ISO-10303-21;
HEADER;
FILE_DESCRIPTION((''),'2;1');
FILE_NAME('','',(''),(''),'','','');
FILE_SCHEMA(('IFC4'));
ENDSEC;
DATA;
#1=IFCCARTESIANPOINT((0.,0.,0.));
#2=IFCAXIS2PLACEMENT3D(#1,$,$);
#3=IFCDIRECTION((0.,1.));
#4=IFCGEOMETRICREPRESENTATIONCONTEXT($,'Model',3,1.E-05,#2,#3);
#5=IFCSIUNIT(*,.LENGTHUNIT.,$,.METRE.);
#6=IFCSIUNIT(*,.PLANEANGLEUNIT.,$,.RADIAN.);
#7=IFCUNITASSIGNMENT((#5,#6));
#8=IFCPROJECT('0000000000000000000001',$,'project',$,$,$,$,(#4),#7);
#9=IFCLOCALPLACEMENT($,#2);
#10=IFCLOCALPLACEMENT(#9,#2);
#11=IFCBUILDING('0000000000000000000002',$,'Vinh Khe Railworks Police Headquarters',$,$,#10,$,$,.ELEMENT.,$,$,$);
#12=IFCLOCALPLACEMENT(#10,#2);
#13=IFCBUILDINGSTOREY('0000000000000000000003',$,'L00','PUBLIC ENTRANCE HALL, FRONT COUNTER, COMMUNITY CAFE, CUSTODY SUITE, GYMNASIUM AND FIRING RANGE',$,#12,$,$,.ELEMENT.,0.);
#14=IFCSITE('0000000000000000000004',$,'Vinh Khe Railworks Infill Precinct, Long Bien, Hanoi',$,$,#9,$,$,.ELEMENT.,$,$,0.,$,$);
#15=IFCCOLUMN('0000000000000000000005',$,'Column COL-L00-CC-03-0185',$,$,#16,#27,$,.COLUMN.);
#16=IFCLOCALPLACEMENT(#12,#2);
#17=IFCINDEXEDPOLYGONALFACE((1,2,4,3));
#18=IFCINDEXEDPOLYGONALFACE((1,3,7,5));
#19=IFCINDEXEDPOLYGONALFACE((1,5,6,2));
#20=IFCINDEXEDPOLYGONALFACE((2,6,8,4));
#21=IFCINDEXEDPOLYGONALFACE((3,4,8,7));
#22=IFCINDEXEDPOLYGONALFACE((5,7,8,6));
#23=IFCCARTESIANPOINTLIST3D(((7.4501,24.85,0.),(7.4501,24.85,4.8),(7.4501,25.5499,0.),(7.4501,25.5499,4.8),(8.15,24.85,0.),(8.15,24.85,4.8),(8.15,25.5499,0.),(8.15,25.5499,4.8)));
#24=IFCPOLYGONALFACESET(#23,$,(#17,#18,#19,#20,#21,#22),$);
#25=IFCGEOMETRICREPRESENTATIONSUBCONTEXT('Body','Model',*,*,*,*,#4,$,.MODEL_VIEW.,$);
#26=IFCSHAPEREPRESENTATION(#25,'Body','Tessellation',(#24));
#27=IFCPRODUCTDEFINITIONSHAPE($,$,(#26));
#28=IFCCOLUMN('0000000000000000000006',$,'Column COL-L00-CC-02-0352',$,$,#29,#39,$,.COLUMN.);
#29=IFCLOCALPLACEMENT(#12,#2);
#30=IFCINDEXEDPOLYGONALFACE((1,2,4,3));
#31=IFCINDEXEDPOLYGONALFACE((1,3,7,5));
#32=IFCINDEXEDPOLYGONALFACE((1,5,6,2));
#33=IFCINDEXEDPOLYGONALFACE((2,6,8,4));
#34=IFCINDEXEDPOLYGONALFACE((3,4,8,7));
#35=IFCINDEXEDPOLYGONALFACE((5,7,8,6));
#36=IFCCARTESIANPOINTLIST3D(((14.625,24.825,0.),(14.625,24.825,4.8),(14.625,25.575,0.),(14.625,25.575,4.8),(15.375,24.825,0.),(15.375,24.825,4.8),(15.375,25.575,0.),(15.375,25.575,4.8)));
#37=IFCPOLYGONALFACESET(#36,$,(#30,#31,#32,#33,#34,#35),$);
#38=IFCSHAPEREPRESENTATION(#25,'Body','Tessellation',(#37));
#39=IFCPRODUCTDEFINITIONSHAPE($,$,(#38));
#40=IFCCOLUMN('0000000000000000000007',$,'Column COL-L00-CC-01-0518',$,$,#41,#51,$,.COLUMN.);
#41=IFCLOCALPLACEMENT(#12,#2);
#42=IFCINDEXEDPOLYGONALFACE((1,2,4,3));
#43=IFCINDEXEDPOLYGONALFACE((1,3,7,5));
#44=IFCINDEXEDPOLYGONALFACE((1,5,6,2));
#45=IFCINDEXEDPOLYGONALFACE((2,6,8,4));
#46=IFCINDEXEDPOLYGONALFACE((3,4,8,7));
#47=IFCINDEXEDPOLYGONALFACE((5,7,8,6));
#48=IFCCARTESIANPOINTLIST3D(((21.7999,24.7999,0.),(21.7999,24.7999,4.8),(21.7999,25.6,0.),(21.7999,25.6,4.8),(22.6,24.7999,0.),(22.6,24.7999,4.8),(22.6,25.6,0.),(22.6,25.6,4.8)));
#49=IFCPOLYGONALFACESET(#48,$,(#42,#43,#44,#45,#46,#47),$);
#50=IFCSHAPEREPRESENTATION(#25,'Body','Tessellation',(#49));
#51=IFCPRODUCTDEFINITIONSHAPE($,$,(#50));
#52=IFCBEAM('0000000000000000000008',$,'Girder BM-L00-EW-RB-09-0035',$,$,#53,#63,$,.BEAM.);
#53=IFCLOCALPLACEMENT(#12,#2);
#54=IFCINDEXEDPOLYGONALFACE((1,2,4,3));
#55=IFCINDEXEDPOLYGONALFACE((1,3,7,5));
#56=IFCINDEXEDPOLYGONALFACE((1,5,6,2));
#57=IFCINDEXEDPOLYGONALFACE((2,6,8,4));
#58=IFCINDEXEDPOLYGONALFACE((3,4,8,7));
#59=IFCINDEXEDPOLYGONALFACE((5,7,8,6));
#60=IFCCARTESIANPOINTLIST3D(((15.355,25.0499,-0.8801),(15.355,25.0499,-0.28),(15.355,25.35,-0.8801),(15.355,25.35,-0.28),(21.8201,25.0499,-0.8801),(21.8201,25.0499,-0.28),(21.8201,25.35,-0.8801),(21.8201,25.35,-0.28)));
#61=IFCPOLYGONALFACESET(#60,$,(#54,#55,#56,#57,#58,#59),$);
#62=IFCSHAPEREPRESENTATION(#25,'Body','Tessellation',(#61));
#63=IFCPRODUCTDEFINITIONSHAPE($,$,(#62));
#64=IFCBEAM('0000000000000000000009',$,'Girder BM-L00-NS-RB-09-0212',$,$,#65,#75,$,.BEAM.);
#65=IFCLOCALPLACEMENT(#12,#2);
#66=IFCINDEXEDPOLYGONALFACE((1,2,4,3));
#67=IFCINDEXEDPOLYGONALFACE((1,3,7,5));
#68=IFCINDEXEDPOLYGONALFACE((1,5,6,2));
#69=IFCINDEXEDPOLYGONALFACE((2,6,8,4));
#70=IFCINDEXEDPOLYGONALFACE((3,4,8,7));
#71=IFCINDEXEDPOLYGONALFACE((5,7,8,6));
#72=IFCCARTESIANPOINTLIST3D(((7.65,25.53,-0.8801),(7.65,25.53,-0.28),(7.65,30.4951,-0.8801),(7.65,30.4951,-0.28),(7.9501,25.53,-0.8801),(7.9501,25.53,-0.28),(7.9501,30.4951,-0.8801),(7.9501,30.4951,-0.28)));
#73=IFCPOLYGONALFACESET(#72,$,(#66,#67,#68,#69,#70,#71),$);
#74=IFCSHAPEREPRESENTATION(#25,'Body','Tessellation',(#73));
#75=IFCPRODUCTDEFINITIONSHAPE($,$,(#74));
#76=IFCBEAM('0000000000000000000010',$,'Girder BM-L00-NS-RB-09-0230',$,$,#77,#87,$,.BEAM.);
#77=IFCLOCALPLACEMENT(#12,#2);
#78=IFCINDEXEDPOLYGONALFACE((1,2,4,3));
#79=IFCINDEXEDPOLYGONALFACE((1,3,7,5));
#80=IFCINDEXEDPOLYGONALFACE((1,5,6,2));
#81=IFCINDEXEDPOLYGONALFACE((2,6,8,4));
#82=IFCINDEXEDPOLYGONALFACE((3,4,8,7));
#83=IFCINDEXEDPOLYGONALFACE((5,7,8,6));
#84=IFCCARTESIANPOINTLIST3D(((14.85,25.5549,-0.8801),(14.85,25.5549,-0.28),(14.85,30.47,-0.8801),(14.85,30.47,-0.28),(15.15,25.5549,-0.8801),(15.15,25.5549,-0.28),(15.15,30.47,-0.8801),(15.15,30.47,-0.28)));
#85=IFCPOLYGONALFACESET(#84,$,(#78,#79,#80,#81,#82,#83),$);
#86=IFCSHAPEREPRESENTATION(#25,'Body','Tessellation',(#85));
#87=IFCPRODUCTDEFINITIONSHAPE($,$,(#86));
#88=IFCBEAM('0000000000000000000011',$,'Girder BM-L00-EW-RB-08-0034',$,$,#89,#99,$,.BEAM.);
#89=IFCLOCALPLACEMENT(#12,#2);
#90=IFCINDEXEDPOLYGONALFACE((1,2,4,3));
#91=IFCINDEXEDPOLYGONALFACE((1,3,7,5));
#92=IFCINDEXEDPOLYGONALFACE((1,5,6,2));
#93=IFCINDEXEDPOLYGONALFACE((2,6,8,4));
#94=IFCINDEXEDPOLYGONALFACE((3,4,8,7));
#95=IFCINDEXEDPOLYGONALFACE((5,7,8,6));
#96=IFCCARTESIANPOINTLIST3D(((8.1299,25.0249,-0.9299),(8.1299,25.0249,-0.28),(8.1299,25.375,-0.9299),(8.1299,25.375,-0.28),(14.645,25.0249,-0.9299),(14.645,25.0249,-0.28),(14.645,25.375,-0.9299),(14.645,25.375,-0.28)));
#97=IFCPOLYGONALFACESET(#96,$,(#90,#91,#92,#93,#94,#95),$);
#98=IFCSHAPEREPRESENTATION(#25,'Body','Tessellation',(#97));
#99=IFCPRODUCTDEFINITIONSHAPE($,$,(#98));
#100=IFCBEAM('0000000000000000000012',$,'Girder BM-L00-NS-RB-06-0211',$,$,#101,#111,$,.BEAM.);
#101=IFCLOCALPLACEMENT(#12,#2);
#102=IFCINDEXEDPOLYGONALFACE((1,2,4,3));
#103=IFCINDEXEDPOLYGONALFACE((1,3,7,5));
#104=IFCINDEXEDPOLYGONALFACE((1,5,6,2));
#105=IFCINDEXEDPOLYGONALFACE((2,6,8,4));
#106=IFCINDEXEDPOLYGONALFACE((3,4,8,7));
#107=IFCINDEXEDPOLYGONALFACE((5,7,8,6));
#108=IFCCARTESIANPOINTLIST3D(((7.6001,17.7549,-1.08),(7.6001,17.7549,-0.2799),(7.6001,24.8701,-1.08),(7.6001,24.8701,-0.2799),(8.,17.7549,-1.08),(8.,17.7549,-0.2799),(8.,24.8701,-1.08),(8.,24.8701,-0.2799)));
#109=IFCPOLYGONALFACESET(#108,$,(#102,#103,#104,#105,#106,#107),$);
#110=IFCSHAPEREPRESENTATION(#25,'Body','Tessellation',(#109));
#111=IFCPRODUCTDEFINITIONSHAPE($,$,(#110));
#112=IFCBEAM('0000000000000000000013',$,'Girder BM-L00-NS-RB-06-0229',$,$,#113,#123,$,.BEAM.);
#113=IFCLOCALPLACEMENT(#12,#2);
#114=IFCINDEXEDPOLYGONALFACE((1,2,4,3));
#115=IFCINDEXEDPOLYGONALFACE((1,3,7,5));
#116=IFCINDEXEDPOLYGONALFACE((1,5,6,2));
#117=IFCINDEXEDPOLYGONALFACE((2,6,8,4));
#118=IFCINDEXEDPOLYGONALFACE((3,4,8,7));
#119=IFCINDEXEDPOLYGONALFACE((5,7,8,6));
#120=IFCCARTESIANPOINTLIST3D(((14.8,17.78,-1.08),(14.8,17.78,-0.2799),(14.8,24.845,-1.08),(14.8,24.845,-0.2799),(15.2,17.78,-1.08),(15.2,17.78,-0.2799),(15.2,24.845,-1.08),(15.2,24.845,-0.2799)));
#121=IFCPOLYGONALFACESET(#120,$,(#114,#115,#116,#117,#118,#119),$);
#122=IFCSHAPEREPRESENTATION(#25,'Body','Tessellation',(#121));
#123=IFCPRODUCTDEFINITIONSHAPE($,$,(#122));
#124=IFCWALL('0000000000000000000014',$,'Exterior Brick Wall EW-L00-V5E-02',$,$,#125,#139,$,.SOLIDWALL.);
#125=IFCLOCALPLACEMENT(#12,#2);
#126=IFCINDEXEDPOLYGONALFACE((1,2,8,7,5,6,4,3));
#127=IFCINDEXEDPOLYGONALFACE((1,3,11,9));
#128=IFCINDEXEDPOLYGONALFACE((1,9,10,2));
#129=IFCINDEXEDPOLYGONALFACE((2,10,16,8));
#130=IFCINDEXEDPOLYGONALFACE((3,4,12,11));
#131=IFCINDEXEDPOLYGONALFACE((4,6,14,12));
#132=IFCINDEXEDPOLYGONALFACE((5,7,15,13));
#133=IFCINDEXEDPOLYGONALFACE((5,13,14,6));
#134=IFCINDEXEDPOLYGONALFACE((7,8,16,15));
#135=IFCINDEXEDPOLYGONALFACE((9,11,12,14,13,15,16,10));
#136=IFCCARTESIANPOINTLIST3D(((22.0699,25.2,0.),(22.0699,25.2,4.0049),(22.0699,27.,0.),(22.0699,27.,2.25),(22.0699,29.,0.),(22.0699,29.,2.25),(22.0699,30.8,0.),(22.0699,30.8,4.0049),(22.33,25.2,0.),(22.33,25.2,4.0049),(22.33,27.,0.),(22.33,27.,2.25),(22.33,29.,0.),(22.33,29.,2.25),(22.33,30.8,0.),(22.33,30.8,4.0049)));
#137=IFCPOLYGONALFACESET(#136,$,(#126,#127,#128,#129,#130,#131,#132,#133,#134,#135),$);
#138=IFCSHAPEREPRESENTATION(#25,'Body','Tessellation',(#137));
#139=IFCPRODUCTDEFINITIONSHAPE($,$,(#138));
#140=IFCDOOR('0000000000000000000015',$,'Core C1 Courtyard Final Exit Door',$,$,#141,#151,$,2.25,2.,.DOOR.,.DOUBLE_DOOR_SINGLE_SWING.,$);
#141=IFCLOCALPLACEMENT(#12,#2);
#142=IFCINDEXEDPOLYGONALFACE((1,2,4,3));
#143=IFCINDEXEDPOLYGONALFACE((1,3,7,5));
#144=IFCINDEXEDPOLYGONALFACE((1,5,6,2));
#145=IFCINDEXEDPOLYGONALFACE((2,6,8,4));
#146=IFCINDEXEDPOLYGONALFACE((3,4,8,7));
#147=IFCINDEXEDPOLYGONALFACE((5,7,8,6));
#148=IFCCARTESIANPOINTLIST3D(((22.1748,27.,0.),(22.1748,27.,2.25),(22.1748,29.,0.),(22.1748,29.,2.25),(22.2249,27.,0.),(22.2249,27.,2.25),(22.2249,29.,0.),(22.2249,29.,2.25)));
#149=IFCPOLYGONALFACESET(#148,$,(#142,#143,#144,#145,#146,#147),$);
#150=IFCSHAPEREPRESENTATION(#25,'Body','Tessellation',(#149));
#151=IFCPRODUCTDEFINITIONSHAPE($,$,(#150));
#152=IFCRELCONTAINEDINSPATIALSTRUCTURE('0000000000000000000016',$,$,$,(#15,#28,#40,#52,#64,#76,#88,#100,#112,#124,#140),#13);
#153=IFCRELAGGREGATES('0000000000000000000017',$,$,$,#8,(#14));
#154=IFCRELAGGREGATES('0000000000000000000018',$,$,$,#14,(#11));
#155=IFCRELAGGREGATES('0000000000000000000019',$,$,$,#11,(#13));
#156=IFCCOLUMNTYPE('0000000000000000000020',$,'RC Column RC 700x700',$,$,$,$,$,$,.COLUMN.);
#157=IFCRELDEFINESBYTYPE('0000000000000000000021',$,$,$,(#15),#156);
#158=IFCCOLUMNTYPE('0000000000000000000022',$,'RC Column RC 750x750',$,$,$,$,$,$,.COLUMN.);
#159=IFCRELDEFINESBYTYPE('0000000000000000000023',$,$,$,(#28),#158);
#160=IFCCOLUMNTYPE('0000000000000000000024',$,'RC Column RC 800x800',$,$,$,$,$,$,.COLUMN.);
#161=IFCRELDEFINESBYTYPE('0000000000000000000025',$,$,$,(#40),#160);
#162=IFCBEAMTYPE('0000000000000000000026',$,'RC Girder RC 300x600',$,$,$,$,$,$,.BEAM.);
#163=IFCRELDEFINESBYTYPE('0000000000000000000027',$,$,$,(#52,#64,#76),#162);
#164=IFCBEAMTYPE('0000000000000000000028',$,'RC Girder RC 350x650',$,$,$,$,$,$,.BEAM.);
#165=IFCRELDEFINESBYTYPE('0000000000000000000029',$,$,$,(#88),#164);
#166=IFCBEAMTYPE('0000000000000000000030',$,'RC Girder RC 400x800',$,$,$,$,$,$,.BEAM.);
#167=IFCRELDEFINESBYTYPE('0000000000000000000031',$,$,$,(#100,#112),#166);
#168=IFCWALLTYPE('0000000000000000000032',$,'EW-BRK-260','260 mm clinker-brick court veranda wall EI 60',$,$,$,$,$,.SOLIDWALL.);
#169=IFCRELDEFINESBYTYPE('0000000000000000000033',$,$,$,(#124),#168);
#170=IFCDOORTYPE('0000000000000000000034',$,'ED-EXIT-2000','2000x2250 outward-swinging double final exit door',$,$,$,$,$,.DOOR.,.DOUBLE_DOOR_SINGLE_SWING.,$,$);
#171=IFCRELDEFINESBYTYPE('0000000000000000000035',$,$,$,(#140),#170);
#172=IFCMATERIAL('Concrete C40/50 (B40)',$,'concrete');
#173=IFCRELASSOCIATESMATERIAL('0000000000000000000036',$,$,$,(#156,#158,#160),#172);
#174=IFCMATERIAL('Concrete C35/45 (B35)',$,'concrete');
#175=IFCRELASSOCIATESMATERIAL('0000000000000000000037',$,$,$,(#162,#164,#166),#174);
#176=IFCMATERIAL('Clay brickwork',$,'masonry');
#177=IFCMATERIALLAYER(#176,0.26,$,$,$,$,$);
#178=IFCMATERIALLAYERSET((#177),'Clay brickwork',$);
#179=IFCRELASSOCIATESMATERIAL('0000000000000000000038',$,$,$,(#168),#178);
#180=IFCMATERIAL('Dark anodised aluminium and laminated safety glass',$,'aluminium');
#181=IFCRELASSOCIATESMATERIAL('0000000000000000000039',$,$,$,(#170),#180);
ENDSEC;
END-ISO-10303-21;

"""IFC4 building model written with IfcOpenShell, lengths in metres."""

from ifc_helpers import new_model, si_unit, direction, frame, frame_2d, origin, origin_2d, place, context, subcontext, project, spatial, rectangle, extrude, material, layer, layer_set, material_profile, profile_set, type_object, element, fill, save


model = new_model("IFC4")

# Units and contexts
model_context = context("Model", 3, precision=1e-05, world=origin(), true_north=direction((0.0, 1.0)))
body_context = subcontext(model_context, "Body", "Model", "MODEL_VIEW")
ifc_project = project(units=[si_unit("LENGTHUNIT", "METRE"), si_unit("PLANEANGLEUNIT", "RADIAN")], contexts=[model_context])

# Site, building, storey
site_placement = place(None, origin())
site = spatial("IfcSite", under=ifc_project, at=site_placement, Name="Vinh Khe Railworks Infill Precinct, Long Bien, Hanoi", CompositionType="ELEMENT", RefElevation=0.0)
building_placement = place(site_placement, origin())
building = spatial("IfcBuilding", under=site, at=building_placement, Name="Vinh Khe Railworks Police Headquarters", CompositionType="ELEMENT")
storey_placement = place(building_placement, origin())
storey = spatial("IfcBuildingStorey", under=building, at=storey_placement, Name="L00", Description="PUBLIC ENTRANCE HALL, FRONT COUNTER, COMMUNITY CAFE, CUSTODY SUITE, GYMNASIUM AND FIRING RANGE", CompositionType="ELEMENT", Elevation=0.0)

# Columns
ifc_material_1 = material(Name="Concrete C40/50 (B40)", Category="concrete")
ifc_material_profile_1 = material_profile(ifc_material_1, rectangle(XDim=0.7, YDim=0.7, at=origin_2d()), Name="RC 700x700")
ifc_profile_set_1 = profile_set([ifc_material_profile_1], Name="Concrete C40/50 (B40)")
column_type_1 = type_object("IfcColumnType", Name="RC Column RC 700x700", PredefinedType="COLUMN", material=ifc_profile_set_1)
column_1_placement = place(storey_placement, frame((7.8, 25.2, 0.0), z_axis=(0.0, 0.0, 1.0), x_axis=(1.0, 0.0, 0.0)))
element("IfcColumn", 1, at=column_1_placement, inside=storey, type_object=column_type_1, Name="Column COL-L00-CC-03-0185", PredefinedType="COLUMN", context=body_context, shape_type="SweptSolid", body=[
    extrude(rectangle(XDim=0.7, YDim=0.7, at=origin_2d()), origin(), (0.0, 0.0, 1.0), 4.8),
])
ifc_material_profile_2 = material_profile(ifc_material_1, rectangle(XDim=0.75, YDim=0.75, at=origin_2d()), Name="RC 750x750")
ifc_profile_set_2 = profile_set([ifc_material_profile_2], Name="Concrete C40/50 (B40)")
column_type_2 = type_object("IfcColumnType", Name="RC Column RC 750x750", PredefinedType="COLUMN", material=ifc_profile_set_2)
column_2_placement = place(storey_placement, frame((15.0, 25.2, 0.0), z_axis=(0.0, 0.0, 1.0), x_axis=(1.0, 0.0, 0.0)))
element("IfcColumn", 2, at=column_2_placement, inside=storey, type_object=column_type_2, Name="Column COL-L00-CC-02-0352", PredefinedType="COLUMN", context=body_context, shape_type="SweptSolid", body=[
    extrude(rectangle(XDim=0.75, YDim=0.75, at=origin_2d()), origin(), (0.0, 0.0, 1.0), 4.8),
])
ifc_material_profile_3 = material_profile(ifc_material_1, rectangle(XDim=0.8, YDim=0.8, at=origin_2d()), Name="RC 800x800")
ifc_profile_set_3 = profile_set([ifc_material_profile_3], Name="Concrete C40/50 (B40)")
column_type_3 = type_object("IfcColumnType", Name="RC Column RC 800x800", PredefinedType="COLUMN", material=ifc_profile_set_3)
column_3_placement = place(storey_placement, frame((22.2, 25.2, 0.0), z_axis=(0.0, 0.0, 1.0), x_axis=(1.0, 0.0, 0.0)))
element("IfcColumn", 3, at=column_3_placement, inside=storey, type_object=column_type_3, Name="Column COL-L00-CC-01-0518", PredefinedType="COLUMN", context=body_context, shape_type="SweptSolid", body=[
    extrude(rectangle(XDim=0.8, YDim=0.8, at=origin_2d()), origin(), (0.0, 0.0, 1.0), 4.8),
])

# Beams
ifc_material_2 = material(Name="Concrete C35/45 (B35)", Category="concrete")
ifc_material_profile_4 = material_profile(ifc_material_2, rectangle(XDim=0.3, YDim=0.6001, at=origin_2d()), Name="RC 300x600")
ifc_profile_set_4 = profile_set([ifc_material_profile_4], Name="Concrete C35/45 (B35)")
beam_type_1 = type_object("IfcBeamType", Name="RC Girder RC 300x600", PredefinedType="BEAM", material=ifc_profile_set_4)
beam_1_placement = place(storey_placement, frame((15.355, 25.2, -0.5801), z_axis=(1.0, 0.0, 0.0), x_axis=(0.0, 1.0, 0.0)))
element("IfcBeam", 4, at=beam_1_placement, inside=storey, type_object=beam_type_1, Name="Girder BM-L00-EW-RB-09-0035", PredefinedType="BEAM", context=body_context, shape_type="SweptSolid", body=[
    extrude(rectangle(XDim=0.3, YDim=0.6001, at=origin_2d()), origin(), (0.0, 0.0, 1.0), 6.4651),
])
beam_2_placement = place(storey_placement, frame((7.8, 25.53, -0.5801), z_axis=(0.0, 1.0, 0.0), x_axis=(-1.0, 0.0, 0.0)))
element("IfcBeam", 5, at=beam_2_placement, inside=storey, type_object=beam_type_1, Name="Girder BM-L00-NS-RB-09-0212", PredefinedType="BEAM", context=body_context, shape_type="SweptSolid", body=[
    extrude(rectangle(XDim=0.3, YDim=0.6001, at=origin_2d()), origin(), (0.0, 0.0, 1.0), 4.9651),
])
beam_3_placement = place(storey_placement, frame((15.0, 25.5549, -0.5801), z_axis=(0.0, 1.0, 0.0), x_axis=(-1.0, 0.0, 0.0)))
element("IfcBeam", 6, at=beam_3_placement, inside=storey, type_object=beam_type_1, Name="Girder BM-L00-NS-RB-09-0230", PredefinedType="BEAM", context=body_context, shape_type="SweptSolid", body=[
    extrude(rectangle(XDim=0.3, YDim=0.6001, at=origin_2d()), origin(), (0.0, 0.0, 1.0), 4.915),
])
ifc_material_profile_5 = material_profile(ifc_material_2, rectangle(XDim=0.3501, YDim=0.6499, at=origin_2d()), Name="RC 350x650")
ifc_profile_set_5 = profile_set([ifc_material_profile_5], Name="Concrete C35/45 (B35)")
beam_type_2 = type_object("IfcBeamType", Name="RC Girder RC 350x650", PredefinedType="BEAM", material=ifc_profile_set_5)
beam_4_placement = place(storey_placement, frame((8.1299, 25.2, -0.605), z_axis=(1.0, 0.0, 0.0), x_axis=(0.0, 1.0, 0.0)))
element("IfcBeam", 7, at=beam_4_placement, inside=storey, type_object=beam_type_2, Name="Girder BM-L00-EW-RB-08-0034", PredefinedType="BEAM", context=body_context, shape_type="SweptSolid", body=[
    extrude(rectangle(XDim=0.3501, YDim=0.6499, at=origin_2d()), origin(), (0.0, 0.0, 1.0), 6.5151),
])
ifc_material_profile_6 = material_profile(ifc_material_2, rectangle(XDim=0.3999, YDim=0.8, at=origin_2d()), Name="RC 400x800")
ifc_profile_set_6 = profile_set([ifc_material_profile_6], Name="Concrete C35/45 (B35)")
beam_type_3 = type_object("IfcBeamType", Name="RC Girder RC 400x800", PredefinedType="BEAM", material=ifc_profile_set_6)
beam_5_placement = place(storey_placement, frame((7.8, 17.7549, -0.6799), z_axis=(0.0, 1.0, 0.0), x_axis=(-1.0, 0.0, 0.0)))
element("IfcBeam", 8, at=beam_5_placement, inside=storey, type_object=beam_type_3, Name="Girder BM-L00-NS-RB-06-0211", PredefinedType="BEAM", context=body_context, shape_type="SweptSolid", body=[
    extrude(rectangle(XDim=0.3999, YDim=0.8, at=origin_2d()), origin(), (0.0, 0.0, 1.0), 7.1152),
])
beam_6_placement = place(storey_placement, frame((15.0, 17.78, -0.6799), z_axis=(0.0, 1.0, 0.0), x_axis=(-1.0, 0.0, 0.0)))
element("IfcBeam", 9, at=beam_6_placement, inside=storey, type_object=beam_type_3, Name="Girder BM-L00-NS-RB-06-0229", PredefinedType="BEAM", context=body_context, shape_type="SweptSolid", body=[
    extrude(rectangle(XDim=0.3999, YDim=0.8, at=origin_2d()), origin(), (0.0, 0.0, 1.0), 7.0649),
])

# Wall, opening, door
ifc_material_3 = material(Name="Clay brickwork", Category="masonry")
ifc_layer_1 = layer(ifc_material_3, 0.26)
ifc_layer_set_1 = layer_set([ifc_layer_1], Name="Clay brickwork")
wall_type_1 = type_object("IfcWallType", Name="EW-BRK-260", Description="260 mm clinker-brick court veranda wall EI 60", PredefinedType="SOLIDWALL", material=ifc_layer_set_1)
wall_1_placement = place(storey_placement, frame((22.2, 25.2, 0.0), z_axis=(0.0, 0.0, 1.0), x_axis=(0.0, 1.0, 0.0)))
wall_1 = element("IfcWall", 10, at=wall_1_placement, inside=storey, type_object=wall_type_1, Name="Exterior Brick Wall EW-L00-V5E-02", PredefinedType="SOLIDWALL", context=body_context, shape_type="SweptSolid", body=[
    extrude(rectangle(XDim=5.6001, YDim=0.26, at=frame_2d((2.8, 0.0))), origin(), (0.0, 0.0, 1.0), 4.0049),
])
opening_1_placement = place(wall_1_placement, frame((1.8, 0.0, 0.0)))
opening_1 = element("IfcOpeningElement", 11, at=opening_1_placement, cuts=wall_1, PredefinedType="OPENING", context=body_context, shape_type="SweptSolid", body=[
    extrude(rectangle(XDim=2.0, YDim=2.25, at=frame_2d((1.0, 1.125))), frame((0.0, 0.145, 0.0), z_axis=(0.0, -1.0, 0.0), x_axis=(1.0, 0.0, 0.0)), (0.0, 0.0, 1.0), 0.2898),
])
ifc_material_4 = material(Name="Dark anodised aluminium and laminated safety glass", Category="aluminium")
door_type_1 = type_object("IfcDoorType", Name="ED-EXIT-2000", Description="2000x2250 outward-swinging double final exit door", OperationType="DOUBLE_DOOR_SINGLE_SWING", PredefinedType="DOOR", material=ifc_material_4)
door_1_placement = place(opening_1_placement, frame((2.0, 0.0, 0.0), z_axis=(0.0, 0.0, 1.0), x_axis=(-1.0, 0.0, 0.0)))
door_1 = element("IfcDoor", 12, at=door_1_placement, inside=storey, type_object=door_type_1, Name="Core C1 Courtyard Final Exit Door", OperationType="DOUBLE_DOOR_SINGLE_SWING", OverallHeight=2.25, OverallWidth=2.0, PredefinedType="DOOR", context=body_context, shape_type="SweptSolid", body=[
    extrude(rectangle(XDim=2.0, YDim=2.25, at=frame_2d((1.0, 1.125))), frame((0.0, 0.0249, 0.0), z_axis=(0.0, -1.0, 0.0), x_axis=(1.0, 0.0, 0.0)), (0.0, 0.0, 1.0), 0.05),
])
fill(opening_1, door_1)

save(model, "model.ifc")
